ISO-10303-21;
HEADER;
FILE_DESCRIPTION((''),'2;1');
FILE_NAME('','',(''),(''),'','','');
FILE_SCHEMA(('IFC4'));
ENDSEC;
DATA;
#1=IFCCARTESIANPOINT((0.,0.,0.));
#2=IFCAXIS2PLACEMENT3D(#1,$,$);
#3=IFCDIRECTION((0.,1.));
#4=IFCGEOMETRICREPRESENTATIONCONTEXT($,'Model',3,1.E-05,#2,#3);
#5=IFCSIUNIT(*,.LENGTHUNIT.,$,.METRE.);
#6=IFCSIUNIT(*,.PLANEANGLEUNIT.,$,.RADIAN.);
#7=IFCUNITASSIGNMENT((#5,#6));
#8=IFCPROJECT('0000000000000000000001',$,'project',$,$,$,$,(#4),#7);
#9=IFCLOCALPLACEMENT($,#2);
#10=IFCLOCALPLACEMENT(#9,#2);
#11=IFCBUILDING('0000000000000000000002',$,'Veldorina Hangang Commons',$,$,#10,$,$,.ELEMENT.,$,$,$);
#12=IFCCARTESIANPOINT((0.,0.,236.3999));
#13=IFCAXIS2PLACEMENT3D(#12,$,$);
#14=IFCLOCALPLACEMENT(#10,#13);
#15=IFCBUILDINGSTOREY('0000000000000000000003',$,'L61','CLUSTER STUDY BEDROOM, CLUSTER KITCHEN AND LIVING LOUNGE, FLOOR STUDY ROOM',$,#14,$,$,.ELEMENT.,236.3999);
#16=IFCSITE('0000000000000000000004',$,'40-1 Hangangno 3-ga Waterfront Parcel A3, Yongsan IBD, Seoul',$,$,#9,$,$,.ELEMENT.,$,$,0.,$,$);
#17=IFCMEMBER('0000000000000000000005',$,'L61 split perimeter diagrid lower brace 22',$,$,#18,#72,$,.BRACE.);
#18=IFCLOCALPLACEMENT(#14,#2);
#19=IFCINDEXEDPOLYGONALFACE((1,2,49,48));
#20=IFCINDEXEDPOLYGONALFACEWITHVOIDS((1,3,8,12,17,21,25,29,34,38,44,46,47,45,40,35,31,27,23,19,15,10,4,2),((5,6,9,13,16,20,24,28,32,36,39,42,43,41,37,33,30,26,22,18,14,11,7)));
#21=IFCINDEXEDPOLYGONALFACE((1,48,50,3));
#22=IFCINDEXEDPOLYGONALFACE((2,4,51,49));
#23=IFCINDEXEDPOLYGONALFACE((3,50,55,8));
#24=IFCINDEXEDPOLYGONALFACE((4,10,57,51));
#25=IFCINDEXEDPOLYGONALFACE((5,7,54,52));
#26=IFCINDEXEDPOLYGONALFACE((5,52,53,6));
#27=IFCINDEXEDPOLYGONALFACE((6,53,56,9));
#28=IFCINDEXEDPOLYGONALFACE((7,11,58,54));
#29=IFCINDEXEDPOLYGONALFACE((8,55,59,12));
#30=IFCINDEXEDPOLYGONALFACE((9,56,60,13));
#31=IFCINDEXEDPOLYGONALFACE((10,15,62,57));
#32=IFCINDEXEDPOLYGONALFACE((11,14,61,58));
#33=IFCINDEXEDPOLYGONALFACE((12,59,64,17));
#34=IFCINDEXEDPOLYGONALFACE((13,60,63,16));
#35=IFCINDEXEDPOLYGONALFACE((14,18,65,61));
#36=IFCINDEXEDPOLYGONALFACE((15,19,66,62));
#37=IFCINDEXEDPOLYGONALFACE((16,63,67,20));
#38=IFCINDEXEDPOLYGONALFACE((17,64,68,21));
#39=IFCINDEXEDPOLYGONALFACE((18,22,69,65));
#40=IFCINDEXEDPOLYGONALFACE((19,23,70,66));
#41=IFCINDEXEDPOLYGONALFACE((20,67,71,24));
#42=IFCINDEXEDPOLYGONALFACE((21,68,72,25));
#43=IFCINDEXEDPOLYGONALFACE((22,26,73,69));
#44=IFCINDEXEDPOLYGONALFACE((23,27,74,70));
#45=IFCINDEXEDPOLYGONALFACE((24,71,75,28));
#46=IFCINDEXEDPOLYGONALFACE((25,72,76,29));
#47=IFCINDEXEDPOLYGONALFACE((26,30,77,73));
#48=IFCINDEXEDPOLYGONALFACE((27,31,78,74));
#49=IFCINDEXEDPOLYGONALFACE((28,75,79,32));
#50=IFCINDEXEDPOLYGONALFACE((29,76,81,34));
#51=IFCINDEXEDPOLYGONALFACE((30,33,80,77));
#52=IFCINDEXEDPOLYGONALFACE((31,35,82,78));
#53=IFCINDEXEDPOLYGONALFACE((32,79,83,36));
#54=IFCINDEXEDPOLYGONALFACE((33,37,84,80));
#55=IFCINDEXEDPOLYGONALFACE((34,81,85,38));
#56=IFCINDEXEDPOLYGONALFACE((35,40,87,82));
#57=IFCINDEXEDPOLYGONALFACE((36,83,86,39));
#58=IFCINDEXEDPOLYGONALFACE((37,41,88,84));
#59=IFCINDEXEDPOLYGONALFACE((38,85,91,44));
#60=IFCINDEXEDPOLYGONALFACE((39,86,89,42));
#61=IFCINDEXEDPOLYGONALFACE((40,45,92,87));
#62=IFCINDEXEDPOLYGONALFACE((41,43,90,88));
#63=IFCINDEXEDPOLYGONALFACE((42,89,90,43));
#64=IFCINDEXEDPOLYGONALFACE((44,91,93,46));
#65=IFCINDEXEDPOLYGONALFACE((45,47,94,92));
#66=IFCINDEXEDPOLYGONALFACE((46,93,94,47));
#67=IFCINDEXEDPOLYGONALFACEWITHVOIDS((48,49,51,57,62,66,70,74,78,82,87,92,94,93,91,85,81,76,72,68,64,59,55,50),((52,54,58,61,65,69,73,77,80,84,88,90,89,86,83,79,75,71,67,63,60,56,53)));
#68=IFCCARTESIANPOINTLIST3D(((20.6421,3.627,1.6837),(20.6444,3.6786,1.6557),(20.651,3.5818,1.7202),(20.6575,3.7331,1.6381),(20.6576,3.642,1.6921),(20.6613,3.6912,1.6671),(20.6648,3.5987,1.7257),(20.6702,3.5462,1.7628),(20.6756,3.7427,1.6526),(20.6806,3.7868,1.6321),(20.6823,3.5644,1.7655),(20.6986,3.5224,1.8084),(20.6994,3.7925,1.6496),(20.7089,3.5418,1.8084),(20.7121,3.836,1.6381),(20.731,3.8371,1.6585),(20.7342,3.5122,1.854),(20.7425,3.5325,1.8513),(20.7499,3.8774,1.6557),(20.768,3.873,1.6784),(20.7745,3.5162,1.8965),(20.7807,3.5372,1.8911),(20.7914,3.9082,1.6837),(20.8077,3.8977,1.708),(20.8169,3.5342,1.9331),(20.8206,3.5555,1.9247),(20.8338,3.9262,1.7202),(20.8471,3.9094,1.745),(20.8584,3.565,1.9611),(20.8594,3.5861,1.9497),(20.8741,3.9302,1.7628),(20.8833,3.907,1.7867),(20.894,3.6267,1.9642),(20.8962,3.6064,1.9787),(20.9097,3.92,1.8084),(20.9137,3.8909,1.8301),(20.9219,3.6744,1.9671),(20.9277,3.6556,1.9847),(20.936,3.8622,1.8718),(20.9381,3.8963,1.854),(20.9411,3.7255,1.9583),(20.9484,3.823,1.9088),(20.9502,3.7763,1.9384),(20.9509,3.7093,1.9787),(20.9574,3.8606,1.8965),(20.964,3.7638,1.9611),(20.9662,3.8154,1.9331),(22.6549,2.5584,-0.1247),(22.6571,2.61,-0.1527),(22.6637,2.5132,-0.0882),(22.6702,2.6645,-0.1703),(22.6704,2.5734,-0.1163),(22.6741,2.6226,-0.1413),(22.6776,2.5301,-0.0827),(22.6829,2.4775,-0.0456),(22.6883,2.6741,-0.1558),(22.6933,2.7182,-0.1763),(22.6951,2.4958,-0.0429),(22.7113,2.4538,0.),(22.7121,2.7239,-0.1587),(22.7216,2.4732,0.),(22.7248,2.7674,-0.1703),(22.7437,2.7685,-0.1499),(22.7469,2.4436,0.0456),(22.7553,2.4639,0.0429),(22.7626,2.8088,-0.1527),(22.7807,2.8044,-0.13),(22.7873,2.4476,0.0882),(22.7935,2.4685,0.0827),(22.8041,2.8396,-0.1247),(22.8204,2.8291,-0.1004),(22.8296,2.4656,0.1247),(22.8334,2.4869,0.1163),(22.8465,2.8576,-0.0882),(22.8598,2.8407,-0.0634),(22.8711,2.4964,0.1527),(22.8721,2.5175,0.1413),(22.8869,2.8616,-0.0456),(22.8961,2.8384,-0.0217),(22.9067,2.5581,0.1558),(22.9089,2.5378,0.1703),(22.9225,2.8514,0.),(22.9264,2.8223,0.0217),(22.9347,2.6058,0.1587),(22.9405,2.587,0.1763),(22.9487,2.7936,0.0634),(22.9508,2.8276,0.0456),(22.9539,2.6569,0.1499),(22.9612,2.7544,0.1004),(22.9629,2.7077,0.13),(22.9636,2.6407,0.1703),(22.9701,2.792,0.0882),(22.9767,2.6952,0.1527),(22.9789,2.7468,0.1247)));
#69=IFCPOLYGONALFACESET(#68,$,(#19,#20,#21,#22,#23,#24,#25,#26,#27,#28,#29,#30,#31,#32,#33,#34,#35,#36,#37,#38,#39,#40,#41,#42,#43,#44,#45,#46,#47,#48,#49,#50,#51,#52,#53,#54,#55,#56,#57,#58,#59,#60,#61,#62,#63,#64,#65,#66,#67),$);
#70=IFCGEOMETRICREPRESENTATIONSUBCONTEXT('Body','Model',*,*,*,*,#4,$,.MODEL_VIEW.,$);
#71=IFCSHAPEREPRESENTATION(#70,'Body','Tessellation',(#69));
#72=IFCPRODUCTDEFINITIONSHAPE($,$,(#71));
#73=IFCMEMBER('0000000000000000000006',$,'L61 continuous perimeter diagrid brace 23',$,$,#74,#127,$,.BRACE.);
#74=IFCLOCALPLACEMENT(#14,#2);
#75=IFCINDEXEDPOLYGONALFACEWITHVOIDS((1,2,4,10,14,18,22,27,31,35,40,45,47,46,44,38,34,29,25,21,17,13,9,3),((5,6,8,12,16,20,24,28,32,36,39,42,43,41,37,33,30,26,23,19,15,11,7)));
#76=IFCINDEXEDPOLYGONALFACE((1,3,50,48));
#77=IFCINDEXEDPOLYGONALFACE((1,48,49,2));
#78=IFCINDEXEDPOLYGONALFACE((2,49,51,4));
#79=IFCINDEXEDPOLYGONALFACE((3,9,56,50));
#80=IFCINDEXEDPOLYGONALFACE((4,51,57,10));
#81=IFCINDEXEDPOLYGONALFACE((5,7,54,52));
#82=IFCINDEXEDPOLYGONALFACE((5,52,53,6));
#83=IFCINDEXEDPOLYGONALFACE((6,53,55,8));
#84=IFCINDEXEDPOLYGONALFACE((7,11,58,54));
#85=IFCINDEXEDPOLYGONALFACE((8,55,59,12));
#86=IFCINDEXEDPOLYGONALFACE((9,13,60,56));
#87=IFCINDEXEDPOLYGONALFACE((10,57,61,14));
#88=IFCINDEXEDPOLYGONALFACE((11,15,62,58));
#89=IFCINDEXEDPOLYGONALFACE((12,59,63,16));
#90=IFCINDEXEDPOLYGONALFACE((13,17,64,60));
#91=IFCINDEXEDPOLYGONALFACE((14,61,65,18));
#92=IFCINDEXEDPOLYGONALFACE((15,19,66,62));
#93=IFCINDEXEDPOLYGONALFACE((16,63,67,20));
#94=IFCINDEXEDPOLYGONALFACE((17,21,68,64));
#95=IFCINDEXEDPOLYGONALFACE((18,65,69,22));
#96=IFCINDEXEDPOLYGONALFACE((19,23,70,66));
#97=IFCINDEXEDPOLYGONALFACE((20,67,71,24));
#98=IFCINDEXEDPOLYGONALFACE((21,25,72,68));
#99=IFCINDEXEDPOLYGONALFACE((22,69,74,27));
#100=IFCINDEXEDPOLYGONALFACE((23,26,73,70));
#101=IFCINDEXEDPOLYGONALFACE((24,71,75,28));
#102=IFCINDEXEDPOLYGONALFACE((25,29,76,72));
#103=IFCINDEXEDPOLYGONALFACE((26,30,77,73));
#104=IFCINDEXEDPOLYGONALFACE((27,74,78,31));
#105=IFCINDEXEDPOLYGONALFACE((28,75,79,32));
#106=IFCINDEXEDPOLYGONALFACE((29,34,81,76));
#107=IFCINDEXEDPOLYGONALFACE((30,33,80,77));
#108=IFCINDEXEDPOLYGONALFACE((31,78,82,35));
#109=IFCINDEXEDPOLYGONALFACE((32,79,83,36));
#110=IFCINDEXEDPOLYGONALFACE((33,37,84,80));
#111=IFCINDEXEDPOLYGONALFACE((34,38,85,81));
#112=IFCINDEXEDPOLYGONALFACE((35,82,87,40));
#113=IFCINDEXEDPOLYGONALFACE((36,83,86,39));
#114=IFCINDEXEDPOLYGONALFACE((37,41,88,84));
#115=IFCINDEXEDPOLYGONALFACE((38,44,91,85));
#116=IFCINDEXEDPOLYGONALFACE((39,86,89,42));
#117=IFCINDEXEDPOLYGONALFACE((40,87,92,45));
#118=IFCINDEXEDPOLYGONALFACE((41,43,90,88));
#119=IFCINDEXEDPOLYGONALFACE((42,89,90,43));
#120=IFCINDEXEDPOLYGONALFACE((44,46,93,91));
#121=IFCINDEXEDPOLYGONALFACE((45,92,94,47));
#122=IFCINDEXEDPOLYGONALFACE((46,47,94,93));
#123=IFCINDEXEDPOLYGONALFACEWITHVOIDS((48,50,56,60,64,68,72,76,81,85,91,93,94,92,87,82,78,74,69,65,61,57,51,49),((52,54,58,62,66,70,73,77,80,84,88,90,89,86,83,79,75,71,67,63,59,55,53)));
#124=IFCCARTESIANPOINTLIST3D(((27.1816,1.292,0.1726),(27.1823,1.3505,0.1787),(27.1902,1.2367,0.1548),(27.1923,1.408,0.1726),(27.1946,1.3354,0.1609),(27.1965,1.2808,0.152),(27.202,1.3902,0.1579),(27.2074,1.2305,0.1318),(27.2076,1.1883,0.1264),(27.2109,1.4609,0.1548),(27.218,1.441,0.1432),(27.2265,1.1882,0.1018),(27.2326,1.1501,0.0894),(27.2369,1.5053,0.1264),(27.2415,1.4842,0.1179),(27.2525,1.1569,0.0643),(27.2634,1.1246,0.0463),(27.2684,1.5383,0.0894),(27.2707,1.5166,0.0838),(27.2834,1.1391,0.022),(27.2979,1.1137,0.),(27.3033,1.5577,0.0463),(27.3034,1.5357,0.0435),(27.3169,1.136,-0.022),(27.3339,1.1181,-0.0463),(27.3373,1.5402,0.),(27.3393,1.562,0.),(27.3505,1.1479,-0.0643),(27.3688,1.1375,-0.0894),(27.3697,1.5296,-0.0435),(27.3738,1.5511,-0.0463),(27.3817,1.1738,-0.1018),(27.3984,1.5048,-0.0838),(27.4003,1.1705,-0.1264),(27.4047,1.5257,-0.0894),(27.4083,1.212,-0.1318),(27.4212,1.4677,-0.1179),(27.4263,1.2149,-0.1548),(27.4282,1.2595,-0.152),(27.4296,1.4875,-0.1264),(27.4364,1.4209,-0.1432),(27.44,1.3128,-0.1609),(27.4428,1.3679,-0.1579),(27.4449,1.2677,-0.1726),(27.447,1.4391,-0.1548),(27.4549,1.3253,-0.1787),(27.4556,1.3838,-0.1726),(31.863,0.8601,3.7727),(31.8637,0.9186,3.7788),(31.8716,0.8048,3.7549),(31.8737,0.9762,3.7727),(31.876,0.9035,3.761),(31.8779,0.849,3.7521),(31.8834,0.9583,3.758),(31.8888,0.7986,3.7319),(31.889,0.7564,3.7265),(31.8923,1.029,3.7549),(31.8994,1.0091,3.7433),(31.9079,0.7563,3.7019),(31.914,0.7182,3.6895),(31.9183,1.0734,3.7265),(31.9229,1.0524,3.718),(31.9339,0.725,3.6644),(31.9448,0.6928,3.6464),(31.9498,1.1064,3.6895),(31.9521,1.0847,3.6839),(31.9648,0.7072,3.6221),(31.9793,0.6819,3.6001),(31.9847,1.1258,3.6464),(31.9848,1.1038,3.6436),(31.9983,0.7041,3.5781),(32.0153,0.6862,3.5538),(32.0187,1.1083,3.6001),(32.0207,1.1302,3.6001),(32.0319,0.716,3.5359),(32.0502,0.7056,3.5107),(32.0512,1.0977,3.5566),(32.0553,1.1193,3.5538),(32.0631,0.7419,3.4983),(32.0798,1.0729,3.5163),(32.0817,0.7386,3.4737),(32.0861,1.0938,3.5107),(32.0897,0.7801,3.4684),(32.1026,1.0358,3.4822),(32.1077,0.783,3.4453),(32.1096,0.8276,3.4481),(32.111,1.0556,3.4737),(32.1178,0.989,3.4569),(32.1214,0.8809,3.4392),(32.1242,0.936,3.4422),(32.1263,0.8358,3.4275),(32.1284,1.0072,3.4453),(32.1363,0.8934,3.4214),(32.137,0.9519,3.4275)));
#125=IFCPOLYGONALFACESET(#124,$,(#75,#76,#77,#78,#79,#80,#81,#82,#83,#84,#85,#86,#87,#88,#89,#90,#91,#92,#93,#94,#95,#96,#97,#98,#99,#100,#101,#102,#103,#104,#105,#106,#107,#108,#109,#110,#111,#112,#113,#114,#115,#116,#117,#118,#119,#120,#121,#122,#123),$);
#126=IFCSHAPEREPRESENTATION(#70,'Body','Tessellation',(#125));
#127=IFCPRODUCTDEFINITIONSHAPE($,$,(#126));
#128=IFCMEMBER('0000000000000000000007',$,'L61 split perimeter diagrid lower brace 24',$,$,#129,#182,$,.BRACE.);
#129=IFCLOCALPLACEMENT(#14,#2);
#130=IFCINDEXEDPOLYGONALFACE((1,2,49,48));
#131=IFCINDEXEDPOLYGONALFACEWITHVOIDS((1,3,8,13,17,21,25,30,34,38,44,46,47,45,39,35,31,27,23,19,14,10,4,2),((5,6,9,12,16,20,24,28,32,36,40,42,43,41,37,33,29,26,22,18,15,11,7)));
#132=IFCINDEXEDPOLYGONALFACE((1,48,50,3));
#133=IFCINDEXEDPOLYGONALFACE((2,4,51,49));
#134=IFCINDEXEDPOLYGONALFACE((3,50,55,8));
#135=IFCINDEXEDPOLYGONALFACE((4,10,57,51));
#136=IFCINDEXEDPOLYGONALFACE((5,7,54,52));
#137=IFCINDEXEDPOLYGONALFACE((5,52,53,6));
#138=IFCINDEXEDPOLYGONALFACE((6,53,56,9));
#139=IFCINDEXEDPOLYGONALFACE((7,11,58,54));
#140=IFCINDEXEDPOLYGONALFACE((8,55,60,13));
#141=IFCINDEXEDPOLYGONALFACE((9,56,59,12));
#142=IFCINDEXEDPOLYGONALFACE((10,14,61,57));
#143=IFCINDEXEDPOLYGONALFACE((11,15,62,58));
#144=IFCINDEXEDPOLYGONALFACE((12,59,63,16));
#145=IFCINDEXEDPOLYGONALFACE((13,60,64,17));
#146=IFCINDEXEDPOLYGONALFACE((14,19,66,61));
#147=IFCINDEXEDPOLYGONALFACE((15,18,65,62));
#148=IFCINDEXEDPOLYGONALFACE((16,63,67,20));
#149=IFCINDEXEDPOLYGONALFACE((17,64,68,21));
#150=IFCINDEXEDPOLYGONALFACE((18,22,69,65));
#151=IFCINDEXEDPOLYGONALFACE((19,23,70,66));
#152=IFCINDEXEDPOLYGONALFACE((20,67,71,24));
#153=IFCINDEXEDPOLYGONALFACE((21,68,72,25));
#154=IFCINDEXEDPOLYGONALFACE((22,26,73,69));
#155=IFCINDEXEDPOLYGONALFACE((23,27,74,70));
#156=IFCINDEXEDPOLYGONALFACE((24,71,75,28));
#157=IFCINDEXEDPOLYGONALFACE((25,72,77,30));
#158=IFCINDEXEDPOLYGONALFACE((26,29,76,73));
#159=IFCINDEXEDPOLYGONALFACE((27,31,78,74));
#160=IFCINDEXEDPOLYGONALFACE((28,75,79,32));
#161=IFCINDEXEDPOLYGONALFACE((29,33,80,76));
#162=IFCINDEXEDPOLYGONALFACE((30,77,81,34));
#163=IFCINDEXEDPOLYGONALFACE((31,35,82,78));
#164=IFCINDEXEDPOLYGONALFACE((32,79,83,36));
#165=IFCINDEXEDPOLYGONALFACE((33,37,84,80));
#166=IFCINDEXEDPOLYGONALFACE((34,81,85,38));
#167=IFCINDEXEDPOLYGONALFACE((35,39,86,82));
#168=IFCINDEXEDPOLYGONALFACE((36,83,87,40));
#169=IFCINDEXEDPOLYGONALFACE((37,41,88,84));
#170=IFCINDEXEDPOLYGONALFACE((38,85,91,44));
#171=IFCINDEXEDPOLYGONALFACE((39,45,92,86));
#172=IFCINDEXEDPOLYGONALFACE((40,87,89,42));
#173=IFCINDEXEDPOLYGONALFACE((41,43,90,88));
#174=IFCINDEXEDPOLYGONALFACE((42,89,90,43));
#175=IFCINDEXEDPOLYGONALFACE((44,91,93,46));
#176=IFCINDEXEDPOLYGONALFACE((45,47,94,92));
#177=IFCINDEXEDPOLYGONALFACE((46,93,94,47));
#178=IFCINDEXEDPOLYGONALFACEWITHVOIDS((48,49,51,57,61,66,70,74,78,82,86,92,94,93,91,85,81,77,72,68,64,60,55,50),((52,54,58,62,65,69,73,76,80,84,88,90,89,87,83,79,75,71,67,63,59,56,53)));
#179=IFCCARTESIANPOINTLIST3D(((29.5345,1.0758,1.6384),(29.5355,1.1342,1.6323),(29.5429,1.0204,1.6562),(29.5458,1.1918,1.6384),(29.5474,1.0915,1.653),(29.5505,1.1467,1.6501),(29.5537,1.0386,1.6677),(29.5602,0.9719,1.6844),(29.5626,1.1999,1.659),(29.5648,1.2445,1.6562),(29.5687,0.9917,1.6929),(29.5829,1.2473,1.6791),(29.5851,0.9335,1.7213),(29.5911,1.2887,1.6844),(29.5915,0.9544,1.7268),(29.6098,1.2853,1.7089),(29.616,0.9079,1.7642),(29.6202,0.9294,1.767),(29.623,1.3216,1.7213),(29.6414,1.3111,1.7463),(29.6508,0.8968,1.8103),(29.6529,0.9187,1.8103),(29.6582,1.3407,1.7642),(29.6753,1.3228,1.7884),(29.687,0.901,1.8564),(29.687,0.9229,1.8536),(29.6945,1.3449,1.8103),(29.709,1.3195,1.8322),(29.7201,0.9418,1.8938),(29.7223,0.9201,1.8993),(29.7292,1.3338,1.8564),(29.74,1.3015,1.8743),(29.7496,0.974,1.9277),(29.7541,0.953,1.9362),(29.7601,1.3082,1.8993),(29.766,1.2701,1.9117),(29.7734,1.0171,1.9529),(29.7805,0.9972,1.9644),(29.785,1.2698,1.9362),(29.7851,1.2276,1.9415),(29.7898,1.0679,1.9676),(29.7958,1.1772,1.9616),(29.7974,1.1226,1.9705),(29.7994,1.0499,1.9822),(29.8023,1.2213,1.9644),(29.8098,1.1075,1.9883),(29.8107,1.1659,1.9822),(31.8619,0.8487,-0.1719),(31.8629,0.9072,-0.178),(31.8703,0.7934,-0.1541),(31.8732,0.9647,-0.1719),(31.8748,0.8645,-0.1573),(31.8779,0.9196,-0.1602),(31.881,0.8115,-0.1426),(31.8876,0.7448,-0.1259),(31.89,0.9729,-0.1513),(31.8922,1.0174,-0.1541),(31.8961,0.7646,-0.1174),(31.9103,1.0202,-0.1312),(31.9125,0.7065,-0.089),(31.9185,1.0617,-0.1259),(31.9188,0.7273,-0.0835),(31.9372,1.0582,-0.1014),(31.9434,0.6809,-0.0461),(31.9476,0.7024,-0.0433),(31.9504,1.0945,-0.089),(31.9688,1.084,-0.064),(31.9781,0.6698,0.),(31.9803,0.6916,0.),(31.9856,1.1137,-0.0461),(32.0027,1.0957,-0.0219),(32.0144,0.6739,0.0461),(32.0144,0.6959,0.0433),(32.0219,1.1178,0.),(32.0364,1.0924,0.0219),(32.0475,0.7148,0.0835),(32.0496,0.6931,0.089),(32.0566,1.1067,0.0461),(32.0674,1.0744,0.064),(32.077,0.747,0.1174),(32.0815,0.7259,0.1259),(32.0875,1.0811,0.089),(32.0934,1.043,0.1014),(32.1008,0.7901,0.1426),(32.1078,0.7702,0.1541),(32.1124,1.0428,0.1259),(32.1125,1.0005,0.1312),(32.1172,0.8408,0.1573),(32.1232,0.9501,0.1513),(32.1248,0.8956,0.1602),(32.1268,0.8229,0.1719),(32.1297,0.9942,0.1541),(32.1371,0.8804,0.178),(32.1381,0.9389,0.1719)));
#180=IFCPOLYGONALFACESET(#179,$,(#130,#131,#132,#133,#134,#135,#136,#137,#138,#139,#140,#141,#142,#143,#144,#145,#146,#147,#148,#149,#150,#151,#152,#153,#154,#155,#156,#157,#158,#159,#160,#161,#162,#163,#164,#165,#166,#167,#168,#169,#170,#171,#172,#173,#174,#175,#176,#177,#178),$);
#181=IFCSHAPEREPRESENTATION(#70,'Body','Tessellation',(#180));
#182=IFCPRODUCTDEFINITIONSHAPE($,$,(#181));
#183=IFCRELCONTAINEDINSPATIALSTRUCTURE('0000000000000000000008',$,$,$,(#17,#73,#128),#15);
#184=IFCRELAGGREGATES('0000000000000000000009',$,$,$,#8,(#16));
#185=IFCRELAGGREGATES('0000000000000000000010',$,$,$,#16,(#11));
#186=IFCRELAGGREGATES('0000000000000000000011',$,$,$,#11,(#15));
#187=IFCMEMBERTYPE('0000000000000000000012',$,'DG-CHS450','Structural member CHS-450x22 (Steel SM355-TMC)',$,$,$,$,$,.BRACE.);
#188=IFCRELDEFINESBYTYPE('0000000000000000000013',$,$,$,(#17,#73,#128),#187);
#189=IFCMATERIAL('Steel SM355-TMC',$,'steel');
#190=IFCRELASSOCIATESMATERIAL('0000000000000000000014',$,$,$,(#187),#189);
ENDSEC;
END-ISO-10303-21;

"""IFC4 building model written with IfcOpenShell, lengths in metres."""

from ifc_helpers import new_model, si_unit, direction, frame, origin, origin_2d, place, context, subcontext, project, spatial, hollow_circle, extrude, material, material_profile, profile_set, type_object, element, save


model = new_model("IFC4")

# Units and contexts
model_context = context("Model", 3, precision=1e-05, world=origin(), true_north=direction((0.0, 1.0)))
body_context = subcontext(model_context, "Body", "Model", "MODEL_VIEW")
ifc_project = project(units=[si_unit("LENGTHUNIT", "METRE"), si_unit("PLANEANGLEUNIT", "RADIAN")], contexts=[model_context])

# Site, building, storey
site_placement = place(None, origin())
site = spatial("IfcSite", under=ifc_project, at=site_placement, Name="40-1 Hangangno 3-ga Waterfront Parcel A3, Yongsan IBD, Seoul", CompositionType="ELEMENT", RefElevation=0.0)
building_placement = place(site_placement, origin())
building = spatial("IfcBuilding", under=site, at=building_placement, Name="Veldorina Hangang Commons", CompositionType="ELEMENT")
storey_placement = place(building_placement, frame((0.0, 0.0, 236.3999)))
storey = spatial("IfcBuildingStorey", under=building, at=storey_placement, Name="L61", Description="CLUSTER STUDY BEDROOM, CLUSTER KITCHEN AND LIVING LOUNGE, FLOOR STUDY ROOM", CompositionType="ELEMENT", Elevation=236.3999)

# Shared definitions
ifc_material_1 = material(Name="Steel SM355-TMC", Category="steel")

# Members
ifc_material_profile_1 = material_profile(ifc_material_1, hollow_circle(Radius=0.2251, WallThickness=0.022, at=origin_2d()), Name="CHS-450x22")
ifc_profile_set_1 = profile_set([ifc_material_profile_1], Name="Steel SM355-TMC")
member_type_1 = type_object("IfcMemberType", Name="DG-CHS450", Description="Structural member CHS-450x22 (Steel SM355-TMC)", PredefinedType="BRACE", material=ifc_profile_set_1)
member_1_placement = place(storey_placement, frame((22.8169, 2.6526, 0.0), z_axis=(-0.691857, 0.367329, 0.621614), x_axis=(-0.468936, -0.883232, 0.0)))
element("IfcMember", 1, at=member_1_placement, inside=storey, type_object=member_type_1, Name="L61 split perimeter diagrid lower brace 22", PredefinedType="BRACE", context=body_context, shape_type="SweptSolid", body=[
    extrude(hollow_circle(Radius=0.2251, WallThickness=0.022, at=origin_2d()), origin(), (0.0, 0.0, 1.0), 2.9092),
])
member_2_placement = place(storey_placement, frame((27.3186, 1.3379, 0.0), z_axis=(0.790593, -0.072937, 0.607983), x_axis=(0.091865, 0.995771, 0.0)))
element("IfcMember", 2, at=member_2_placement, inside=storey, type_object=member_type_1, Name="L61 continuous perimeter diagrid brace 23", PredefinedType="BRACE", context=body_context, shape_type="SweptSolid", body=[
    extrude(hollow_circle(Radius=0.2251, WallThickness=0.022, at=origin_2d()), origin(), (0.0, 0.0, 1.0), 5.9214),
])
member_3_placement = place(storey_placement, frame((32.0, 0.8938, 0.0), z_axis=(-0.787005, 0.076777, 0.612151), x_axis=(-0.097095, -0.995275, 0.0)))
element("IfcMember", 3, at=member_3_placement, inside=storey, type_object=member_type_1, Name="L61 split perimeter diagrid lower brace 24", PredefinedType="BRACE", context=body_context, shape_type="SweptSolid", body=[
    extrude(hollow_circle(Radius=0.2251, WallThickness=0.022, at=origin_2d()), origin(), (0.0, 0.0, 1.0), 2.9573),
])

save(model, "model.ifc")
